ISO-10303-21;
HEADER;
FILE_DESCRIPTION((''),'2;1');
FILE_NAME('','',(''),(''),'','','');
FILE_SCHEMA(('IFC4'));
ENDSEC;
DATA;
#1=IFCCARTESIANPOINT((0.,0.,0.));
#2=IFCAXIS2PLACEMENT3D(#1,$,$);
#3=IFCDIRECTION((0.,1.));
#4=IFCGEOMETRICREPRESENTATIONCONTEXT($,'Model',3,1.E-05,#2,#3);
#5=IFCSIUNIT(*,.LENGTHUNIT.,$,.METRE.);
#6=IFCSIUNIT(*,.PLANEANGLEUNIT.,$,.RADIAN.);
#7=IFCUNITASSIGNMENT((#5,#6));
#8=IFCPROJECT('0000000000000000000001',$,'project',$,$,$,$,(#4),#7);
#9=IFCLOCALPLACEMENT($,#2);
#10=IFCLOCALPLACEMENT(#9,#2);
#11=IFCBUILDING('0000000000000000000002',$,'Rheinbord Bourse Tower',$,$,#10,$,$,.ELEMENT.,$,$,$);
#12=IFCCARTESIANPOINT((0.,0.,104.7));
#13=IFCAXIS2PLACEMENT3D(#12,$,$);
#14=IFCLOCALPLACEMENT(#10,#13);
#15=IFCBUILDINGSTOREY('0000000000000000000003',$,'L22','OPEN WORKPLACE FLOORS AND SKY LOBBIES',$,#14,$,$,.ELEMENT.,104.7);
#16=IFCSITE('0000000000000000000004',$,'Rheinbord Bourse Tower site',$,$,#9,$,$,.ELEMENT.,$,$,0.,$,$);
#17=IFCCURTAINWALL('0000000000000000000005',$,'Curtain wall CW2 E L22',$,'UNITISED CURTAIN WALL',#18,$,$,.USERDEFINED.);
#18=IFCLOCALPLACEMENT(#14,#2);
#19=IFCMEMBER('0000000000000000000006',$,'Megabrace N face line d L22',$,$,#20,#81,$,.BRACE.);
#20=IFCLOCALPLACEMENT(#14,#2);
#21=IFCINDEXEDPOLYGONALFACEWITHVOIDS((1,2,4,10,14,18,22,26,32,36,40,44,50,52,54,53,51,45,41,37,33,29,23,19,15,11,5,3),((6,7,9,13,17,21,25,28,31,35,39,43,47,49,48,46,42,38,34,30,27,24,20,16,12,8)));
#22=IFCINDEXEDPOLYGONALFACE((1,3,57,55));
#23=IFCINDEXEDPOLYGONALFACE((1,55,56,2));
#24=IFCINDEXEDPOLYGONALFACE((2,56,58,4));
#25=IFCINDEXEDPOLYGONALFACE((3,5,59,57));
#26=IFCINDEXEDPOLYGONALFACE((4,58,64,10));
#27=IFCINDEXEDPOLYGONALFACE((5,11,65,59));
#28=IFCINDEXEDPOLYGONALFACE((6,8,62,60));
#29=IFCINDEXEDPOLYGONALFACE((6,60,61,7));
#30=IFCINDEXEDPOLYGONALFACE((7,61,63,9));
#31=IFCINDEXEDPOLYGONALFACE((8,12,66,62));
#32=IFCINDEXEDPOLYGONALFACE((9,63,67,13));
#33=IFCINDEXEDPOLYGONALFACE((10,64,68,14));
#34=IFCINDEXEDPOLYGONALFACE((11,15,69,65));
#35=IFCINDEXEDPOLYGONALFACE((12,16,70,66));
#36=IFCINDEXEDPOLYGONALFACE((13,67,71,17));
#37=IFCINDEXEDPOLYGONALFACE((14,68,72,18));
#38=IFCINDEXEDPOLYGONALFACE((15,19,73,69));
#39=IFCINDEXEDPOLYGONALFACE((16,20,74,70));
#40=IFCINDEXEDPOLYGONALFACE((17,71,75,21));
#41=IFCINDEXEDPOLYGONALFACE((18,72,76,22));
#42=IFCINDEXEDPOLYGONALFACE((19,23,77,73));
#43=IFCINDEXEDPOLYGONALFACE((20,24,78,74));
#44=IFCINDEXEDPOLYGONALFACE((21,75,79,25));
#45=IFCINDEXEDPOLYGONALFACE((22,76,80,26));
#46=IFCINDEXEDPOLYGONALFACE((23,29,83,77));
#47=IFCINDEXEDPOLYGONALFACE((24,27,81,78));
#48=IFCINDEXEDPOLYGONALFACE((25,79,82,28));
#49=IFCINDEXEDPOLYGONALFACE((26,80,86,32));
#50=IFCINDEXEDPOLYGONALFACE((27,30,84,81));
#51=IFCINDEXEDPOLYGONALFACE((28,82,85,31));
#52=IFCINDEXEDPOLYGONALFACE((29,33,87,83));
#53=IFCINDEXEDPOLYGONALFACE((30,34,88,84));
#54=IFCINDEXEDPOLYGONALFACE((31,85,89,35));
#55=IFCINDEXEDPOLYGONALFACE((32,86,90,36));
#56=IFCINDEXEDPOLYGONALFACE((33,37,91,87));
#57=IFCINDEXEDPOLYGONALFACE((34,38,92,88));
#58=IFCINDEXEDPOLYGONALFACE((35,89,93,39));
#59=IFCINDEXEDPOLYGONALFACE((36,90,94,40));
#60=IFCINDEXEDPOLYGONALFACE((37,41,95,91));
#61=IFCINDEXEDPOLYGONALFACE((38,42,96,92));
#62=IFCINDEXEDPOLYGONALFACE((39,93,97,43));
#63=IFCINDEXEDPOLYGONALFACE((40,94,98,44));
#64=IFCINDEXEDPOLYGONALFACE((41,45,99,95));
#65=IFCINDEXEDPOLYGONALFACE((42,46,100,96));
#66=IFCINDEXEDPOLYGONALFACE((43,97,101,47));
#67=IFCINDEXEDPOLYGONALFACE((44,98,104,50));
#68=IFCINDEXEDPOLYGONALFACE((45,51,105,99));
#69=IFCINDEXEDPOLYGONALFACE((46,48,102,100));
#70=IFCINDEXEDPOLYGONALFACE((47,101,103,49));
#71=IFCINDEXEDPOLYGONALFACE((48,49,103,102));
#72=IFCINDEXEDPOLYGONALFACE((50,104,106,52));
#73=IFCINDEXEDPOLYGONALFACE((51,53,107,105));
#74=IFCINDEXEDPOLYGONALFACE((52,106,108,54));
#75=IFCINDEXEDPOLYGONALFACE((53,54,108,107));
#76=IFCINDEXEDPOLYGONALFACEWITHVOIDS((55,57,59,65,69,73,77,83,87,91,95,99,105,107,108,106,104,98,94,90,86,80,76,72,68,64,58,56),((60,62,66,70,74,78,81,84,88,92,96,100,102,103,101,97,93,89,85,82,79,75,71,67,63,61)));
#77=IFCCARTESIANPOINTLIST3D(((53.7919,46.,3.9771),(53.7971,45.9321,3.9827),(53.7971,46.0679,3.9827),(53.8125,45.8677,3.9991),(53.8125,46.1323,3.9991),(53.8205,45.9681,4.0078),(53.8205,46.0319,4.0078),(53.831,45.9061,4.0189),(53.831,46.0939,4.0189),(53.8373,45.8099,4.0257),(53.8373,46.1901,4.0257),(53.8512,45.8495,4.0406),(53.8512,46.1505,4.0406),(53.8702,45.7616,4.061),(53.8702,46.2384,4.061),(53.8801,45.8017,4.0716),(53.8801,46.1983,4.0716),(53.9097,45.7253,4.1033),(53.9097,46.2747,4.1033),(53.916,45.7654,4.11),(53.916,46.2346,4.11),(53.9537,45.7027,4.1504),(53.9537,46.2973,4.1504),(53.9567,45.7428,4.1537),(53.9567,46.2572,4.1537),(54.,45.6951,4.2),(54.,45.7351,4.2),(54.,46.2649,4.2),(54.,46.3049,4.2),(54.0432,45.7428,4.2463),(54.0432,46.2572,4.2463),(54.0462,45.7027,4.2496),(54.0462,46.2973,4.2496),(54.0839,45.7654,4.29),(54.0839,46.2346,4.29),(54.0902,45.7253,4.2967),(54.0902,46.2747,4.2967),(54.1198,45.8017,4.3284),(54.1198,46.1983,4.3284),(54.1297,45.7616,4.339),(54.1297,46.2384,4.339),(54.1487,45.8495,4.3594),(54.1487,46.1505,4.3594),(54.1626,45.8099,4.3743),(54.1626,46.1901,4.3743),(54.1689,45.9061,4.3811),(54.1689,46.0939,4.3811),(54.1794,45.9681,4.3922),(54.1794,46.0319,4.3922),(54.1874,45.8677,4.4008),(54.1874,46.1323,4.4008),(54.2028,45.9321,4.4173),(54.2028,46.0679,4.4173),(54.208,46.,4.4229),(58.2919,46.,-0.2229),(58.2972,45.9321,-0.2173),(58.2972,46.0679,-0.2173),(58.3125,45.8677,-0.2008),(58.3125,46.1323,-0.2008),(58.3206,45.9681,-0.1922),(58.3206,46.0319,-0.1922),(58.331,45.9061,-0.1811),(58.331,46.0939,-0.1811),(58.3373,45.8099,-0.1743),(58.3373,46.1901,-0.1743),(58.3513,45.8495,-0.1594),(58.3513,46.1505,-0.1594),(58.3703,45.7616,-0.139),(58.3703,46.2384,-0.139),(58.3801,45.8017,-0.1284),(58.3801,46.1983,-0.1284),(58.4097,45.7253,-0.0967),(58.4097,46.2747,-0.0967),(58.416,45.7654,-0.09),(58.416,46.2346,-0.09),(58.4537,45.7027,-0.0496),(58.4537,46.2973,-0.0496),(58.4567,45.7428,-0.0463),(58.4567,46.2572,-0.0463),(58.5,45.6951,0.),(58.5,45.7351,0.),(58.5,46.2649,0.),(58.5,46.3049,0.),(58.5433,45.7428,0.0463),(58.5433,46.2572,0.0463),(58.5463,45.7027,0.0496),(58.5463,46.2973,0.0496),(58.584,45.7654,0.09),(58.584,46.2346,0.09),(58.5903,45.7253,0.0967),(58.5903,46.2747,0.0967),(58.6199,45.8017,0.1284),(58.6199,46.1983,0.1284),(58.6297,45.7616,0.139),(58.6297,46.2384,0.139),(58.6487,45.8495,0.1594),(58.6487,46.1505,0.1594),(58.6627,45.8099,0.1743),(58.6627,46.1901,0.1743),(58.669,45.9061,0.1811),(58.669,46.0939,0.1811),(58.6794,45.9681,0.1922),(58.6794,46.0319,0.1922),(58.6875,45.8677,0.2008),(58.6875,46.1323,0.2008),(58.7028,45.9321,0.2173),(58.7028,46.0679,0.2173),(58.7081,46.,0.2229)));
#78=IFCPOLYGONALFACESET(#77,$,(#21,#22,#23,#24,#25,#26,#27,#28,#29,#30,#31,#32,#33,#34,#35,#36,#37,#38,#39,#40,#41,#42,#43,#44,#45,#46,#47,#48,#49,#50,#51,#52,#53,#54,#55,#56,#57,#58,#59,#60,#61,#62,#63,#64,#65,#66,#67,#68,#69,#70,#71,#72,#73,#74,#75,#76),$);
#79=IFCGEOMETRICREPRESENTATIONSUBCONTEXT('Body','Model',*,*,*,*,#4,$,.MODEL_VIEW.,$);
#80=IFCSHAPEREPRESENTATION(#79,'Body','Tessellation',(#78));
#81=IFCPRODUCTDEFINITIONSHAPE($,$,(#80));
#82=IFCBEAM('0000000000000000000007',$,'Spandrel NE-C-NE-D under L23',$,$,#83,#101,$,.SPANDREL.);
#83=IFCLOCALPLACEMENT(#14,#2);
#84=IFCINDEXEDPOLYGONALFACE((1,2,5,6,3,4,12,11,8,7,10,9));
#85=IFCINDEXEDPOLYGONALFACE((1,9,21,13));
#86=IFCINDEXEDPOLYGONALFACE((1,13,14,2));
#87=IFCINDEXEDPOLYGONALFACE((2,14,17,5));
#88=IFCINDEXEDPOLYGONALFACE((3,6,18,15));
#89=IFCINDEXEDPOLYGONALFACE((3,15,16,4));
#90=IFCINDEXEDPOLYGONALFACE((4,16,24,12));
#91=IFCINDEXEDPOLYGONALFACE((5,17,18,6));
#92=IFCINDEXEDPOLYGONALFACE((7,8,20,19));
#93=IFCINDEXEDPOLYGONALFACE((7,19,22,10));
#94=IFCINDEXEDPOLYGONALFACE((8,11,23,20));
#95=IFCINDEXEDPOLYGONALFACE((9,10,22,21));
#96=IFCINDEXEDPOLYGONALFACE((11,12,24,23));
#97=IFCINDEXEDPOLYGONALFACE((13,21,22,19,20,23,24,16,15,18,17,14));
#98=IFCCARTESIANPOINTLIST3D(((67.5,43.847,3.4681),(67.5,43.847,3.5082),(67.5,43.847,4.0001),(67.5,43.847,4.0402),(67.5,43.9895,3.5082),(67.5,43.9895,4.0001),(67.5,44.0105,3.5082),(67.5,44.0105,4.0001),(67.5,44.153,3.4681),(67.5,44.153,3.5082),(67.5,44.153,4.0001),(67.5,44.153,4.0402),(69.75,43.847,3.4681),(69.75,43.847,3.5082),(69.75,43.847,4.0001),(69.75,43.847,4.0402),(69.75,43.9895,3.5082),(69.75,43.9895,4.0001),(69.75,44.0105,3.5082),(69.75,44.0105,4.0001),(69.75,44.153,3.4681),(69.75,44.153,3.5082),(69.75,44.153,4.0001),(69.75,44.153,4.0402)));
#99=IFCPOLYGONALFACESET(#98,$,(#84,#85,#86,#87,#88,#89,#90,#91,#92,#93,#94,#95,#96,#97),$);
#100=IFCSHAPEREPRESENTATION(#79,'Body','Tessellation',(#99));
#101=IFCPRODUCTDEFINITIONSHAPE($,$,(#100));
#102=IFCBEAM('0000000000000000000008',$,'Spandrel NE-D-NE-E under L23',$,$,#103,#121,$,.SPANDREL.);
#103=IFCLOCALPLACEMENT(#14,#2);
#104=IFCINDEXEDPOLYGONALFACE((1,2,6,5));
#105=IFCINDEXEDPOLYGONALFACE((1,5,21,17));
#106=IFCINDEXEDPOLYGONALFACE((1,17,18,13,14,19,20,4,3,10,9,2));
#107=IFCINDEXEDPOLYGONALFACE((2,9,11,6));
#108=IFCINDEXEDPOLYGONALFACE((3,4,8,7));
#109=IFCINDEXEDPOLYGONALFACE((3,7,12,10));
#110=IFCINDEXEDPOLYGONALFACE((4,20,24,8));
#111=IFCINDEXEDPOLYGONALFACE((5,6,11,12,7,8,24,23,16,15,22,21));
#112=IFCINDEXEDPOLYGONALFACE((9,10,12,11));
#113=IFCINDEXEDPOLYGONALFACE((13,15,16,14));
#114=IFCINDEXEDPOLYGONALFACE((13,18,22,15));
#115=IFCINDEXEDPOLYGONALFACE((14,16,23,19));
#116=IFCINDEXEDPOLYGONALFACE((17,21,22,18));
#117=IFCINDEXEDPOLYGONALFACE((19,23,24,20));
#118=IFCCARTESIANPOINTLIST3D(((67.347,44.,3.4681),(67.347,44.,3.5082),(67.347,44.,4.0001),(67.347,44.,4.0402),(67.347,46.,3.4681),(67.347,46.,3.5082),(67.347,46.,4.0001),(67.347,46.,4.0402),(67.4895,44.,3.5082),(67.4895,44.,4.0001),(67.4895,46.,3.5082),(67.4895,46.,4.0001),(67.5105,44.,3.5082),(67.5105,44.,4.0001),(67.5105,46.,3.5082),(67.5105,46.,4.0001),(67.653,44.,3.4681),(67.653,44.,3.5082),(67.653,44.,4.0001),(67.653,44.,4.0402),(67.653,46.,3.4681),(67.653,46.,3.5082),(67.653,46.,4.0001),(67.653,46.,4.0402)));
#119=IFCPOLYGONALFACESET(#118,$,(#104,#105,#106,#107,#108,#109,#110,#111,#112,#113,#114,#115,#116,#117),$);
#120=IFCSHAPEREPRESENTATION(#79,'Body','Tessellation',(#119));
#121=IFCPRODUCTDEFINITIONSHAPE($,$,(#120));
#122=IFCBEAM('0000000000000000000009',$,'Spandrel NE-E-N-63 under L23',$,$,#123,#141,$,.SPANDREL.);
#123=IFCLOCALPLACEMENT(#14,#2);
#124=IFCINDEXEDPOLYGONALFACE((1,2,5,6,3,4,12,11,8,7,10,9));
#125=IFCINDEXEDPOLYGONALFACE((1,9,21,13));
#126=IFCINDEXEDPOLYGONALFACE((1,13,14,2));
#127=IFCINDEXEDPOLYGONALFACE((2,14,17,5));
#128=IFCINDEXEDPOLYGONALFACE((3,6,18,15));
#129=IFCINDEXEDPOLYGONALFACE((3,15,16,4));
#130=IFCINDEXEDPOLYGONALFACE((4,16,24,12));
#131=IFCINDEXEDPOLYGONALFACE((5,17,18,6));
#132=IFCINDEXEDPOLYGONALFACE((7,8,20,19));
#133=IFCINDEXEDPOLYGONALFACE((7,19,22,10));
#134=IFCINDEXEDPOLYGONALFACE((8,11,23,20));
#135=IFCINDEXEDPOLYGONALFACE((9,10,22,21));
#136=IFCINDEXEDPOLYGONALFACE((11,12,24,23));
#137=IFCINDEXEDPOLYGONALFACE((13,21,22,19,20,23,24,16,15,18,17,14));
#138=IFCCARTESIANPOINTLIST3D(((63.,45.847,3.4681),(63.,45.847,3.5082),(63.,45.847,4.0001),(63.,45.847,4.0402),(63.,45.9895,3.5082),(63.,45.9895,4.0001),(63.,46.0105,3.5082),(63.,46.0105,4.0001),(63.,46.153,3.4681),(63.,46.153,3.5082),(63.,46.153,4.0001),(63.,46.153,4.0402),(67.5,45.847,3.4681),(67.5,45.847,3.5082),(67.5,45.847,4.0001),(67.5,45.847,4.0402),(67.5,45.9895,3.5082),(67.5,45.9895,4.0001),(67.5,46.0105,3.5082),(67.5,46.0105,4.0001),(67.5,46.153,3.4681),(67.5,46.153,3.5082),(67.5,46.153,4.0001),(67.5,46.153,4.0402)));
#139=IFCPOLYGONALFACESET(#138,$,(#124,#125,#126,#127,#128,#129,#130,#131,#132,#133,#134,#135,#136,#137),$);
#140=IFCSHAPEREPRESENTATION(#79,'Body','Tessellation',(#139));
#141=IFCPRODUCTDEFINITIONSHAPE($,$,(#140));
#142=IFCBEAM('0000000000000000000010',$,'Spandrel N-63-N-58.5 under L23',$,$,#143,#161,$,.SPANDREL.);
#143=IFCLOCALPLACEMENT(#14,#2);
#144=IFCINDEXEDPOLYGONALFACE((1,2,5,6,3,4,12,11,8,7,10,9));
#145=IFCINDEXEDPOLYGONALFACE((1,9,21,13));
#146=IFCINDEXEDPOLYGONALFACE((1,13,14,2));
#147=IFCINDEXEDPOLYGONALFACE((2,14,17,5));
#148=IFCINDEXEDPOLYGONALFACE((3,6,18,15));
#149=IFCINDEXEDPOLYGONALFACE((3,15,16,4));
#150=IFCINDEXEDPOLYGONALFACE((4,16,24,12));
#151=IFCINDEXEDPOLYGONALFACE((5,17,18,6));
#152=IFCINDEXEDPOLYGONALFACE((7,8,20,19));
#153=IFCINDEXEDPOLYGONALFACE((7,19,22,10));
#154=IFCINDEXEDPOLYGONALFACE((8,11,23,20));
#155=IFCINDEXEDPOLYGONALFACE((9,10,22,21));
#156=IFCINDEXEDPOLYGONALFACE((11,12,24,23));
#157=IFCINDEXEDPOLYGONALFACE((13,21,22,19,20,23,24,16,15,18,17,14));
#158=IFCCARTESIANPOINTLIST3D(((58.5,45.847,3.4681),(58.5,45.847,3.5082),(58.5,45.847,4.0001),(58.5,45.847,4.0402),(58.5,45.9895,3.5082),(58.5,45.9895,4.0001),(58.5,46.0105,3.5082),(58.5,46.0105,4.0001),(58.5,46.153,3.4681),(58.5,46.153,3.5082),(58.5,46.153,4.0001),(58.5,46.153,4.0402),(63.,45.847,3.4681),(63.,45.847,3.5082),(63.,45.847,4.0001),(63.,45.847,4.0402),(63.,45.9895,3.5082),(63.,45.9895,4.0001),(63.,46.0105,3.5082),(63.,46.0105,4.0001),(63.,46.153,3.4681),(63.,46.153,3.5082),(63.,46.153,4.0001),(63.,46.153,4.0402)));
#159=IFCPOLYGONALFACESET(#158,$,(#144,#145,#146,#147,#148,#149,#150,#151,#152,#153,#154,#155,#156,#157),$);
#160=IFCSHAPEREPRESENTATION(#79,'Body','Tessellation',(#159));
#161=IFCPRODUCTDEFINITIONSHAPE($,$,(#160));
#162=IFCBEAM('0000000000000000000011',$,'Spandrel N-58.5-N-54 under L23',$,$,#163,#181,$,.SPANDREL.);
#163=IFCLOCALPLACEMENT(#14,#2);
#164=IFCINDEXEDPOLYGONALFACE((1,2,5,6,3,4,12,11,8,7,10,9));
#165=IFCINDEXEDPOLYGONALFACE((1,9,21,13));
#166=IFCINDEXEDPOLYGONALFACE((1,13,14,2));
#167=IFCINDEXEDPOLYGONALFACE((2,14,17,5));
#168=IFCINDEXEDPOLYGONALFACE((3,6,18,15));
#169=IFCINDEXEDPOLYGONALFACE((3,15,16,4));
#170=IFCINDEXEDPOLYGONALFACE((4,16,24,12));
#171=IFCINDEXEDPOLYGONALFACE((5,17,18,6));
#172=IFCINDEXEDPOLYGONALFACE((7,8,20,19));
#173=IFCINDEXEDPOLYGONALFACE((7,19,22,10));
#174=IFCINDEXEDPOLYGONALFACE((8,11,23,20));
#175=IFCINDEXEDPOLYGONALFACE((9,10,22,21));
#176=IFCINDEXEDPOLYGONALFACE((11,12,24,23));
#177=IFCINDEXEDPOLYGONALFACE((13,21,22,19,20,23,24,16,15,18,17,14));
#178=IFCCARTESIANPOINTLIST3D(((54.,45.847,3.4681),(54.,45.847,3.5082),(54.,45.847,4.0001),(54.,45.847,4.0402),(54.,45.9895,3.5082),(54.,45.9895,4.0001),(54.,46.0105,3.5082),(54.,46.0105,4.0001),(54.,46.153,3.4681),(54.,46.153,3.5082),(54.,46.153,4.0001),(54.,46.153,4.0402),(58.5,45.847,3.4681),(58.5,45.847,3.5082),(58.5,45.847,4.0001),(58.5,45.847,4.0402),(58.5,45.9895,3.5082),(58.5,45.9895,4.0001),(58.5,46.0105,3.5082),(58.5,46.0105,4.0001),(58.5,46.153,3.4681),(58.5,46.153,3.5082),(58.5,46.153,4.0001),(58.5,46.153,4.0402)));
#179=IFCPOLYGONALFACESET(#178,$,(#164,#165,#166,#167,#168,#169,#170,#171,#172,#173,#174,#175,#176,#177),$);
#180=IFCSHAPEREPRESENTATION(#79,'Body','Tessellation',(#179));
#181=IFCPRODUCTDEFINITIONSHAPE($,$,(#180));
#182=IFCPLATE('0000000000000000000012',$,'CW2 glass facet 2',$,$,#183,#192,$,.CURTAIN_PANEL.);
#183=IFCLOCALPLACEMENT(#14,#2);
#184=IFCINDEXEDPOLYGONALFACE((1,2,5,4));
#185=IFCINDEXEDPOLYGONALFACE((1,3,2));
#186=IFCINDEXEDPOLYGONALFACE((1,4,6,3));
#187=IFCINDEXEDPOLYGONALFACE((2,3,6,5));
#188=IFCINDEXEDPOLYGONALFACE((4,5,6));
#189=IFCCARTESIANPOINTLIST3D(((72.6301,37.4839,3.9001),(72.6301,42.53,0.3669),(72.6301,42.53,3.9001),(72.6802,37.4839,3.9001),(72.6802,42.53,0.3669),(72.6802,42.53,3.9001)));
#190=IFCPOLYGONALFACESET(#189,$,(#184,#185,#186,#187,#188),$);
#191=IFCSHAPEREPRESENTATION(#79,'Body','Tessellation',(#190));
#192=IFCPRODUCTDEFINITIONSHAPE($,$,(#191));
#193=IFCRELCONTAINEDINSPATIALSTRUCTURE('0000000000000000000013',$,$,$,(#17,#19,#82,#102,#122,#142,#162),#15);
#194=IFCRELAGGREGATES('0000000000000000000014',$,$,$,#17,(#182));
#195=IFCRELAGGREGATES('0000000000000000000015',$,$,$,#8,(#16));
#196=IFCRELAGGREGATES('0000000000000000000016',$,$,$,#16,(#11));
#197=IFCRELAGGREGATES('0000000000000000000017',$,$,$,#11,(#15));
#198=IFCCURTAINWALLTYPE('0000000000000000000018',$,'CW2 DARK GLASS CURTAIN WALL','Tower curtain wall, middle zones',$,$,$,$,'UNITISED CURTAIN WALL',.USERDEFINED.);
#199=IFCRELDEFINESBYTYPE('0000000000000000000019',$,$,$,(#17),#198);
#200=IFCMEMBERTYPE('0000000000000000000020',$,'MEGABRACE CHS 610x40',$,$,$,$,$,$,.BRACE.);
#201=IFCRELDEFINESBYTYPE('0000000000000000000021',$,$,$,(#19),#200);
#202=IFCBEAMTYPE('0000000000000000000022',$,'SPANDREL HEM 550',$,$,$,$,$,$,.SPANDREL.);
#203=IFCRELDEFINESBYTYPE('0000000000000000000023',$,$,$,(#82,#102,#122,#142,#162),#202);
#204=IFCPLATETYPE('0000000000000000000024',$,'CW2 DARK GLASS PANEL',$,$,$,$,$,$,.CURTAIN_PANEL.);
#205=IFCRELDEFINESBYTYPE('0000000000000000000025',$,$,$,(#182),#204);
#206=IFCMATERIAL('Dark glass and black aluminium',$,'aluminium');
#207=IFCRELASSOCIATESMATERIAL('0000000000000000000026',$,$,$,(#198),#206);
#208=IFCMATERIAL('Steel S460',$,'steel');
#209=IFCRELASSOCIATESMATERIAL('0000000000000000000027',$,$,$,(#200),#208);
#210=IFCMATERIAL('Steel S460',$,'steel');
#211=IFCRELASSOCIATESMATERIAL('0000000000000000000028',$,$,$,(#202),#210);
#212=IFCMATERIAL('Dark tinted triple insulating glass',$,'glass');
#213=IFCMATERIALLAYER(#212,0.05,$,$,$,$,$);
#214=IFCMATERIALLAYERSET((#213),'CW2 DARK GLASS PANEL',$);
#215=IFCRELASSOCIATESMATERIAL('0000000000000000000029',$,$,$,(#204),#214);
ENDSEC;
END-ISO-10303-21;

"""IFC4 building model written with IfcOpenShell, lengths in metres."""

from ifc_helpers import new_model, si_unit, direction, frame, origin, origin_2d, place, context, subcontext, project, spatial, polyline, hollow_circle, i_section, outline, extrude, material, layer, layer_set, material_profile, profile_set, type_object, element, aggregate, save


model = new_model("IFC4")

# Units and contexts
model_context = context("Model", 3, precision=1e-05, world=origin(), true_north=direction((0.0, 1.0)))
body_context = subcontext(model_context, "Body", "Model", "MODEL_VIEW")
ifc_project = project(units=[si_unit("LENGTHUNIT", "METRE"), si_unit("PLANEANGLEUNIT", "RADIAN")], contexts=[model_context])

# Site, building, storey
site_placement = place(None, origin())
site = spatial("IfcSite", under=ifc_project, at=site_placement, Name="Rheinbord Bourse Tower site", CompositionType="ELEMENT", RefElevation=0.0)
building_placement = place(site_placement, origin())
building = spatial("IfcBuilding", under=site, at=building_placement, Name="Rheinbord Bourse Tower", CompositionType="ELEMENT")
storey_placement = place(building_placement, frame((0.0, 0.0, 104.7)))
storey = spatial("IfcBuildingStorey", under=building, at=storey_placement, Name="L22", Description="OPEN WORKPLACE FLOORS AND SKY LOBBIES", CompositionType="ELEMENT", Elevation=104.7)

# Curtain wall
ifc_material_1 = material(Name="Dark glass and black aluminium", Category="aluminium")
curtain_wall_type = type_object("IfcCurtainWallType", Name="CW2 DARK GLASS CURTAIN WALL", Description="Tower curtain wall, middle zones", ElementType="UNITISED CURTAIN WALL", PredefinedType="USERDEFINED", material=ifc_material_1)
curtain_wall_1_placement = place(storey_placement, origin())
curtain_wall_1 = element("IfcCurtainWall", 1, at=curtain_wall_1_placement, inside=storey, type_object=curtain_wall_type, Name="Curtain wall CW2 E L22", ObjectType="UNITISED CURTAIN WALL", PredefinedType="USERDEFINED")

# Member
ifc_material_2 = material(Name="Steel S460", Category="steel")
ifc_material_profile_1 = material_profile(ifc_material_2, hollow_circle(Radius=0.3049, WallThickness=0.04, at=origin_2d()), Name="CHS 610x40")
ifc_profile_set_1 = profile_set([ifc_material_profile_1], Name="Steel S460")
member_type_1 = type_object("IfcMemberType", Name="MEGABRACE CHS 610x40", PredefinedType="BRACE", material=ifc_profile_set_1)
member_1_placement = place(storey_placement, frame((58.5, 46.0, 0.0), z_axis=(-0.731059, 0.0, 0.682314), x_axis=(0.0, -1.0, 0.0)))
element("IfcMember", 2, at=member_1_placement, inside=storey, type_object=member_type_1, Name="Megabrace N face line d L22", PredefinedType="BRACE", context=body_context, shape_type="SweptSolid", body=[
    extrude(hollow_circle(Radius=0.3049, WallThickness=0.04, at=origin_2d()), origin(), (0.0, 0.0, 1.0), 6.1555),
])

# Beams
ifc_material_3 = material(Name="Steel S460", Category="steel")
ifc_material_profile_2 = material_profile(ifc_material_3, i_section(OverallWidth=0.3059, OverallDepth=0.572, WebThickness=0.021, FlangeThickness=0.04, at=origin_2d()), Name="HEM 550")
ifc_profile_set_2 = profile_set([ifc_material_profile_2], Name="Steel S460")
beam_type_1 = type_object("IfcBeamType", Name="SPANDREL HEM 550", PredefinedType="SPANDREL", material=ifc_profile_set_2)
beam_1_placement = place(storey_placement, frame((69.75, 44.0, 3.7542), z_axis=(-1.0, 0.0, 0.0), x_axis=(0.0, -1.0, 0.0)))
element("IfcBeam", 3, at=beam_1_placement, inside=storey, type_object=beam_type_1, Name="Spandrel NE-C-NE-D under L23", PredefinedType="SPANDREL", context=body_context, shape_type="SweptSolid", body=[
    extrude(i_section(OverallWidth=0.3059, OverallDepth=0.572, WebThickness=0.021, FlangeThickness=0.04, at=origin_2d()), origin(), (0.0, 0.0, 1.0), 2.25),
])
beam_2_placement = place(storey_placement, frame((67.5, 44.0, 3.7542), z_axis=(0.0, 1.0, 0.0), x_axis=(-1.0, 0.0, 0.0)))
element("IfcBeam", 4, at=beam_2_placement, inside=storey, type_object=beam_type_1, Name="Spandrel NE-D-NE-E under L23", PredefinedType="SPANDREL", context=body_context, shape_type="SweptSolid", body=[
    extrude(i_section(OverallWidth=0.3059, OverallDepth=0.572, WebThickness=0.021, FlangeThickness=0.04, at=origin_2d()), origin(), (0.0, 0.0, 1.0), 2.0),
])
for number, where, z_axis, x_axis, name in (
    (5, (67.5, 46.0, 3.7542), (-1.0, 0.0, 0.0), (0.0, -1.0, 0.0), "Spandrel NE-E-N-63 under L23"),
    (6, (63.0, 46.0, 3.7542), (-1.0, 0.0, 0.0), (0.0, -1.0, 0.0), "Spandrel N-63-N-58.5 under L23"),
    (7, (58.5, 46.0, 3.7542), (-1.0, 0.0, 0.0), (0.0, -1.0, 0.0), "Spandrel N-58.5-N-54 under L23"),
):
    element("IfcBeam", number, at=place(storey_placement, frame(where, z_axis=z_axis, x_axis=x_axis)), inside=storey, type_object=beam_type_1, Name=name, PredefinedType="SPANDREL", context=body_context, shape_type="SweptSolid", body=[
        extrude(i_section(OverallWidth=0.3059, OverallDepth=0.572, WebThickness=0.021, FlangeThickness=0.04, at=origin_2d()), origin(), (0.0, 0.0, 1.0), 4.5),
    ])

# Plate
ifc_material_4 = material(Name="Dark tinted triple insulating glass", Category="glass")
ifc_layer_1 = layer(ifc_material_4, 0.05)
ifc_layer_set_1 = layer_set([ifc_layer_1], Name="CW2 DARK GLASS PANEL")
plate_type = type_object("IfcPlateType", Name="CW2 DARK GLASS PANEL", PredefinedType="CURTAIN_PANEL", material=ifc_layer_set_1)
plate_1_placement = place(storey_placement, frame((72.6802, 42.53, 3.9001), z_axis=(-1.0, 0.0, 0.0), x_axis=(0.0, 0.0, -1.0)))
plate_1 = element("IfcPlate", 8, at=plate_1_placement, type_object=plate_type, Name="CW2 glass facet 2", PredefinedType="CURTAIN_PANEL", context=body_context, shape_type="SweptSolid", body=[
    extrude(outline(polyline([(0.0, 0.0), (3.5332, 0.0), (0.0, 5.0461), (0.0, 0.0)])), origin(), (0.0, 0.0, 1.0), 0.05),
])
aggregate(curtain_wall_1, [plate_1])

save(model, "model.ifc")
